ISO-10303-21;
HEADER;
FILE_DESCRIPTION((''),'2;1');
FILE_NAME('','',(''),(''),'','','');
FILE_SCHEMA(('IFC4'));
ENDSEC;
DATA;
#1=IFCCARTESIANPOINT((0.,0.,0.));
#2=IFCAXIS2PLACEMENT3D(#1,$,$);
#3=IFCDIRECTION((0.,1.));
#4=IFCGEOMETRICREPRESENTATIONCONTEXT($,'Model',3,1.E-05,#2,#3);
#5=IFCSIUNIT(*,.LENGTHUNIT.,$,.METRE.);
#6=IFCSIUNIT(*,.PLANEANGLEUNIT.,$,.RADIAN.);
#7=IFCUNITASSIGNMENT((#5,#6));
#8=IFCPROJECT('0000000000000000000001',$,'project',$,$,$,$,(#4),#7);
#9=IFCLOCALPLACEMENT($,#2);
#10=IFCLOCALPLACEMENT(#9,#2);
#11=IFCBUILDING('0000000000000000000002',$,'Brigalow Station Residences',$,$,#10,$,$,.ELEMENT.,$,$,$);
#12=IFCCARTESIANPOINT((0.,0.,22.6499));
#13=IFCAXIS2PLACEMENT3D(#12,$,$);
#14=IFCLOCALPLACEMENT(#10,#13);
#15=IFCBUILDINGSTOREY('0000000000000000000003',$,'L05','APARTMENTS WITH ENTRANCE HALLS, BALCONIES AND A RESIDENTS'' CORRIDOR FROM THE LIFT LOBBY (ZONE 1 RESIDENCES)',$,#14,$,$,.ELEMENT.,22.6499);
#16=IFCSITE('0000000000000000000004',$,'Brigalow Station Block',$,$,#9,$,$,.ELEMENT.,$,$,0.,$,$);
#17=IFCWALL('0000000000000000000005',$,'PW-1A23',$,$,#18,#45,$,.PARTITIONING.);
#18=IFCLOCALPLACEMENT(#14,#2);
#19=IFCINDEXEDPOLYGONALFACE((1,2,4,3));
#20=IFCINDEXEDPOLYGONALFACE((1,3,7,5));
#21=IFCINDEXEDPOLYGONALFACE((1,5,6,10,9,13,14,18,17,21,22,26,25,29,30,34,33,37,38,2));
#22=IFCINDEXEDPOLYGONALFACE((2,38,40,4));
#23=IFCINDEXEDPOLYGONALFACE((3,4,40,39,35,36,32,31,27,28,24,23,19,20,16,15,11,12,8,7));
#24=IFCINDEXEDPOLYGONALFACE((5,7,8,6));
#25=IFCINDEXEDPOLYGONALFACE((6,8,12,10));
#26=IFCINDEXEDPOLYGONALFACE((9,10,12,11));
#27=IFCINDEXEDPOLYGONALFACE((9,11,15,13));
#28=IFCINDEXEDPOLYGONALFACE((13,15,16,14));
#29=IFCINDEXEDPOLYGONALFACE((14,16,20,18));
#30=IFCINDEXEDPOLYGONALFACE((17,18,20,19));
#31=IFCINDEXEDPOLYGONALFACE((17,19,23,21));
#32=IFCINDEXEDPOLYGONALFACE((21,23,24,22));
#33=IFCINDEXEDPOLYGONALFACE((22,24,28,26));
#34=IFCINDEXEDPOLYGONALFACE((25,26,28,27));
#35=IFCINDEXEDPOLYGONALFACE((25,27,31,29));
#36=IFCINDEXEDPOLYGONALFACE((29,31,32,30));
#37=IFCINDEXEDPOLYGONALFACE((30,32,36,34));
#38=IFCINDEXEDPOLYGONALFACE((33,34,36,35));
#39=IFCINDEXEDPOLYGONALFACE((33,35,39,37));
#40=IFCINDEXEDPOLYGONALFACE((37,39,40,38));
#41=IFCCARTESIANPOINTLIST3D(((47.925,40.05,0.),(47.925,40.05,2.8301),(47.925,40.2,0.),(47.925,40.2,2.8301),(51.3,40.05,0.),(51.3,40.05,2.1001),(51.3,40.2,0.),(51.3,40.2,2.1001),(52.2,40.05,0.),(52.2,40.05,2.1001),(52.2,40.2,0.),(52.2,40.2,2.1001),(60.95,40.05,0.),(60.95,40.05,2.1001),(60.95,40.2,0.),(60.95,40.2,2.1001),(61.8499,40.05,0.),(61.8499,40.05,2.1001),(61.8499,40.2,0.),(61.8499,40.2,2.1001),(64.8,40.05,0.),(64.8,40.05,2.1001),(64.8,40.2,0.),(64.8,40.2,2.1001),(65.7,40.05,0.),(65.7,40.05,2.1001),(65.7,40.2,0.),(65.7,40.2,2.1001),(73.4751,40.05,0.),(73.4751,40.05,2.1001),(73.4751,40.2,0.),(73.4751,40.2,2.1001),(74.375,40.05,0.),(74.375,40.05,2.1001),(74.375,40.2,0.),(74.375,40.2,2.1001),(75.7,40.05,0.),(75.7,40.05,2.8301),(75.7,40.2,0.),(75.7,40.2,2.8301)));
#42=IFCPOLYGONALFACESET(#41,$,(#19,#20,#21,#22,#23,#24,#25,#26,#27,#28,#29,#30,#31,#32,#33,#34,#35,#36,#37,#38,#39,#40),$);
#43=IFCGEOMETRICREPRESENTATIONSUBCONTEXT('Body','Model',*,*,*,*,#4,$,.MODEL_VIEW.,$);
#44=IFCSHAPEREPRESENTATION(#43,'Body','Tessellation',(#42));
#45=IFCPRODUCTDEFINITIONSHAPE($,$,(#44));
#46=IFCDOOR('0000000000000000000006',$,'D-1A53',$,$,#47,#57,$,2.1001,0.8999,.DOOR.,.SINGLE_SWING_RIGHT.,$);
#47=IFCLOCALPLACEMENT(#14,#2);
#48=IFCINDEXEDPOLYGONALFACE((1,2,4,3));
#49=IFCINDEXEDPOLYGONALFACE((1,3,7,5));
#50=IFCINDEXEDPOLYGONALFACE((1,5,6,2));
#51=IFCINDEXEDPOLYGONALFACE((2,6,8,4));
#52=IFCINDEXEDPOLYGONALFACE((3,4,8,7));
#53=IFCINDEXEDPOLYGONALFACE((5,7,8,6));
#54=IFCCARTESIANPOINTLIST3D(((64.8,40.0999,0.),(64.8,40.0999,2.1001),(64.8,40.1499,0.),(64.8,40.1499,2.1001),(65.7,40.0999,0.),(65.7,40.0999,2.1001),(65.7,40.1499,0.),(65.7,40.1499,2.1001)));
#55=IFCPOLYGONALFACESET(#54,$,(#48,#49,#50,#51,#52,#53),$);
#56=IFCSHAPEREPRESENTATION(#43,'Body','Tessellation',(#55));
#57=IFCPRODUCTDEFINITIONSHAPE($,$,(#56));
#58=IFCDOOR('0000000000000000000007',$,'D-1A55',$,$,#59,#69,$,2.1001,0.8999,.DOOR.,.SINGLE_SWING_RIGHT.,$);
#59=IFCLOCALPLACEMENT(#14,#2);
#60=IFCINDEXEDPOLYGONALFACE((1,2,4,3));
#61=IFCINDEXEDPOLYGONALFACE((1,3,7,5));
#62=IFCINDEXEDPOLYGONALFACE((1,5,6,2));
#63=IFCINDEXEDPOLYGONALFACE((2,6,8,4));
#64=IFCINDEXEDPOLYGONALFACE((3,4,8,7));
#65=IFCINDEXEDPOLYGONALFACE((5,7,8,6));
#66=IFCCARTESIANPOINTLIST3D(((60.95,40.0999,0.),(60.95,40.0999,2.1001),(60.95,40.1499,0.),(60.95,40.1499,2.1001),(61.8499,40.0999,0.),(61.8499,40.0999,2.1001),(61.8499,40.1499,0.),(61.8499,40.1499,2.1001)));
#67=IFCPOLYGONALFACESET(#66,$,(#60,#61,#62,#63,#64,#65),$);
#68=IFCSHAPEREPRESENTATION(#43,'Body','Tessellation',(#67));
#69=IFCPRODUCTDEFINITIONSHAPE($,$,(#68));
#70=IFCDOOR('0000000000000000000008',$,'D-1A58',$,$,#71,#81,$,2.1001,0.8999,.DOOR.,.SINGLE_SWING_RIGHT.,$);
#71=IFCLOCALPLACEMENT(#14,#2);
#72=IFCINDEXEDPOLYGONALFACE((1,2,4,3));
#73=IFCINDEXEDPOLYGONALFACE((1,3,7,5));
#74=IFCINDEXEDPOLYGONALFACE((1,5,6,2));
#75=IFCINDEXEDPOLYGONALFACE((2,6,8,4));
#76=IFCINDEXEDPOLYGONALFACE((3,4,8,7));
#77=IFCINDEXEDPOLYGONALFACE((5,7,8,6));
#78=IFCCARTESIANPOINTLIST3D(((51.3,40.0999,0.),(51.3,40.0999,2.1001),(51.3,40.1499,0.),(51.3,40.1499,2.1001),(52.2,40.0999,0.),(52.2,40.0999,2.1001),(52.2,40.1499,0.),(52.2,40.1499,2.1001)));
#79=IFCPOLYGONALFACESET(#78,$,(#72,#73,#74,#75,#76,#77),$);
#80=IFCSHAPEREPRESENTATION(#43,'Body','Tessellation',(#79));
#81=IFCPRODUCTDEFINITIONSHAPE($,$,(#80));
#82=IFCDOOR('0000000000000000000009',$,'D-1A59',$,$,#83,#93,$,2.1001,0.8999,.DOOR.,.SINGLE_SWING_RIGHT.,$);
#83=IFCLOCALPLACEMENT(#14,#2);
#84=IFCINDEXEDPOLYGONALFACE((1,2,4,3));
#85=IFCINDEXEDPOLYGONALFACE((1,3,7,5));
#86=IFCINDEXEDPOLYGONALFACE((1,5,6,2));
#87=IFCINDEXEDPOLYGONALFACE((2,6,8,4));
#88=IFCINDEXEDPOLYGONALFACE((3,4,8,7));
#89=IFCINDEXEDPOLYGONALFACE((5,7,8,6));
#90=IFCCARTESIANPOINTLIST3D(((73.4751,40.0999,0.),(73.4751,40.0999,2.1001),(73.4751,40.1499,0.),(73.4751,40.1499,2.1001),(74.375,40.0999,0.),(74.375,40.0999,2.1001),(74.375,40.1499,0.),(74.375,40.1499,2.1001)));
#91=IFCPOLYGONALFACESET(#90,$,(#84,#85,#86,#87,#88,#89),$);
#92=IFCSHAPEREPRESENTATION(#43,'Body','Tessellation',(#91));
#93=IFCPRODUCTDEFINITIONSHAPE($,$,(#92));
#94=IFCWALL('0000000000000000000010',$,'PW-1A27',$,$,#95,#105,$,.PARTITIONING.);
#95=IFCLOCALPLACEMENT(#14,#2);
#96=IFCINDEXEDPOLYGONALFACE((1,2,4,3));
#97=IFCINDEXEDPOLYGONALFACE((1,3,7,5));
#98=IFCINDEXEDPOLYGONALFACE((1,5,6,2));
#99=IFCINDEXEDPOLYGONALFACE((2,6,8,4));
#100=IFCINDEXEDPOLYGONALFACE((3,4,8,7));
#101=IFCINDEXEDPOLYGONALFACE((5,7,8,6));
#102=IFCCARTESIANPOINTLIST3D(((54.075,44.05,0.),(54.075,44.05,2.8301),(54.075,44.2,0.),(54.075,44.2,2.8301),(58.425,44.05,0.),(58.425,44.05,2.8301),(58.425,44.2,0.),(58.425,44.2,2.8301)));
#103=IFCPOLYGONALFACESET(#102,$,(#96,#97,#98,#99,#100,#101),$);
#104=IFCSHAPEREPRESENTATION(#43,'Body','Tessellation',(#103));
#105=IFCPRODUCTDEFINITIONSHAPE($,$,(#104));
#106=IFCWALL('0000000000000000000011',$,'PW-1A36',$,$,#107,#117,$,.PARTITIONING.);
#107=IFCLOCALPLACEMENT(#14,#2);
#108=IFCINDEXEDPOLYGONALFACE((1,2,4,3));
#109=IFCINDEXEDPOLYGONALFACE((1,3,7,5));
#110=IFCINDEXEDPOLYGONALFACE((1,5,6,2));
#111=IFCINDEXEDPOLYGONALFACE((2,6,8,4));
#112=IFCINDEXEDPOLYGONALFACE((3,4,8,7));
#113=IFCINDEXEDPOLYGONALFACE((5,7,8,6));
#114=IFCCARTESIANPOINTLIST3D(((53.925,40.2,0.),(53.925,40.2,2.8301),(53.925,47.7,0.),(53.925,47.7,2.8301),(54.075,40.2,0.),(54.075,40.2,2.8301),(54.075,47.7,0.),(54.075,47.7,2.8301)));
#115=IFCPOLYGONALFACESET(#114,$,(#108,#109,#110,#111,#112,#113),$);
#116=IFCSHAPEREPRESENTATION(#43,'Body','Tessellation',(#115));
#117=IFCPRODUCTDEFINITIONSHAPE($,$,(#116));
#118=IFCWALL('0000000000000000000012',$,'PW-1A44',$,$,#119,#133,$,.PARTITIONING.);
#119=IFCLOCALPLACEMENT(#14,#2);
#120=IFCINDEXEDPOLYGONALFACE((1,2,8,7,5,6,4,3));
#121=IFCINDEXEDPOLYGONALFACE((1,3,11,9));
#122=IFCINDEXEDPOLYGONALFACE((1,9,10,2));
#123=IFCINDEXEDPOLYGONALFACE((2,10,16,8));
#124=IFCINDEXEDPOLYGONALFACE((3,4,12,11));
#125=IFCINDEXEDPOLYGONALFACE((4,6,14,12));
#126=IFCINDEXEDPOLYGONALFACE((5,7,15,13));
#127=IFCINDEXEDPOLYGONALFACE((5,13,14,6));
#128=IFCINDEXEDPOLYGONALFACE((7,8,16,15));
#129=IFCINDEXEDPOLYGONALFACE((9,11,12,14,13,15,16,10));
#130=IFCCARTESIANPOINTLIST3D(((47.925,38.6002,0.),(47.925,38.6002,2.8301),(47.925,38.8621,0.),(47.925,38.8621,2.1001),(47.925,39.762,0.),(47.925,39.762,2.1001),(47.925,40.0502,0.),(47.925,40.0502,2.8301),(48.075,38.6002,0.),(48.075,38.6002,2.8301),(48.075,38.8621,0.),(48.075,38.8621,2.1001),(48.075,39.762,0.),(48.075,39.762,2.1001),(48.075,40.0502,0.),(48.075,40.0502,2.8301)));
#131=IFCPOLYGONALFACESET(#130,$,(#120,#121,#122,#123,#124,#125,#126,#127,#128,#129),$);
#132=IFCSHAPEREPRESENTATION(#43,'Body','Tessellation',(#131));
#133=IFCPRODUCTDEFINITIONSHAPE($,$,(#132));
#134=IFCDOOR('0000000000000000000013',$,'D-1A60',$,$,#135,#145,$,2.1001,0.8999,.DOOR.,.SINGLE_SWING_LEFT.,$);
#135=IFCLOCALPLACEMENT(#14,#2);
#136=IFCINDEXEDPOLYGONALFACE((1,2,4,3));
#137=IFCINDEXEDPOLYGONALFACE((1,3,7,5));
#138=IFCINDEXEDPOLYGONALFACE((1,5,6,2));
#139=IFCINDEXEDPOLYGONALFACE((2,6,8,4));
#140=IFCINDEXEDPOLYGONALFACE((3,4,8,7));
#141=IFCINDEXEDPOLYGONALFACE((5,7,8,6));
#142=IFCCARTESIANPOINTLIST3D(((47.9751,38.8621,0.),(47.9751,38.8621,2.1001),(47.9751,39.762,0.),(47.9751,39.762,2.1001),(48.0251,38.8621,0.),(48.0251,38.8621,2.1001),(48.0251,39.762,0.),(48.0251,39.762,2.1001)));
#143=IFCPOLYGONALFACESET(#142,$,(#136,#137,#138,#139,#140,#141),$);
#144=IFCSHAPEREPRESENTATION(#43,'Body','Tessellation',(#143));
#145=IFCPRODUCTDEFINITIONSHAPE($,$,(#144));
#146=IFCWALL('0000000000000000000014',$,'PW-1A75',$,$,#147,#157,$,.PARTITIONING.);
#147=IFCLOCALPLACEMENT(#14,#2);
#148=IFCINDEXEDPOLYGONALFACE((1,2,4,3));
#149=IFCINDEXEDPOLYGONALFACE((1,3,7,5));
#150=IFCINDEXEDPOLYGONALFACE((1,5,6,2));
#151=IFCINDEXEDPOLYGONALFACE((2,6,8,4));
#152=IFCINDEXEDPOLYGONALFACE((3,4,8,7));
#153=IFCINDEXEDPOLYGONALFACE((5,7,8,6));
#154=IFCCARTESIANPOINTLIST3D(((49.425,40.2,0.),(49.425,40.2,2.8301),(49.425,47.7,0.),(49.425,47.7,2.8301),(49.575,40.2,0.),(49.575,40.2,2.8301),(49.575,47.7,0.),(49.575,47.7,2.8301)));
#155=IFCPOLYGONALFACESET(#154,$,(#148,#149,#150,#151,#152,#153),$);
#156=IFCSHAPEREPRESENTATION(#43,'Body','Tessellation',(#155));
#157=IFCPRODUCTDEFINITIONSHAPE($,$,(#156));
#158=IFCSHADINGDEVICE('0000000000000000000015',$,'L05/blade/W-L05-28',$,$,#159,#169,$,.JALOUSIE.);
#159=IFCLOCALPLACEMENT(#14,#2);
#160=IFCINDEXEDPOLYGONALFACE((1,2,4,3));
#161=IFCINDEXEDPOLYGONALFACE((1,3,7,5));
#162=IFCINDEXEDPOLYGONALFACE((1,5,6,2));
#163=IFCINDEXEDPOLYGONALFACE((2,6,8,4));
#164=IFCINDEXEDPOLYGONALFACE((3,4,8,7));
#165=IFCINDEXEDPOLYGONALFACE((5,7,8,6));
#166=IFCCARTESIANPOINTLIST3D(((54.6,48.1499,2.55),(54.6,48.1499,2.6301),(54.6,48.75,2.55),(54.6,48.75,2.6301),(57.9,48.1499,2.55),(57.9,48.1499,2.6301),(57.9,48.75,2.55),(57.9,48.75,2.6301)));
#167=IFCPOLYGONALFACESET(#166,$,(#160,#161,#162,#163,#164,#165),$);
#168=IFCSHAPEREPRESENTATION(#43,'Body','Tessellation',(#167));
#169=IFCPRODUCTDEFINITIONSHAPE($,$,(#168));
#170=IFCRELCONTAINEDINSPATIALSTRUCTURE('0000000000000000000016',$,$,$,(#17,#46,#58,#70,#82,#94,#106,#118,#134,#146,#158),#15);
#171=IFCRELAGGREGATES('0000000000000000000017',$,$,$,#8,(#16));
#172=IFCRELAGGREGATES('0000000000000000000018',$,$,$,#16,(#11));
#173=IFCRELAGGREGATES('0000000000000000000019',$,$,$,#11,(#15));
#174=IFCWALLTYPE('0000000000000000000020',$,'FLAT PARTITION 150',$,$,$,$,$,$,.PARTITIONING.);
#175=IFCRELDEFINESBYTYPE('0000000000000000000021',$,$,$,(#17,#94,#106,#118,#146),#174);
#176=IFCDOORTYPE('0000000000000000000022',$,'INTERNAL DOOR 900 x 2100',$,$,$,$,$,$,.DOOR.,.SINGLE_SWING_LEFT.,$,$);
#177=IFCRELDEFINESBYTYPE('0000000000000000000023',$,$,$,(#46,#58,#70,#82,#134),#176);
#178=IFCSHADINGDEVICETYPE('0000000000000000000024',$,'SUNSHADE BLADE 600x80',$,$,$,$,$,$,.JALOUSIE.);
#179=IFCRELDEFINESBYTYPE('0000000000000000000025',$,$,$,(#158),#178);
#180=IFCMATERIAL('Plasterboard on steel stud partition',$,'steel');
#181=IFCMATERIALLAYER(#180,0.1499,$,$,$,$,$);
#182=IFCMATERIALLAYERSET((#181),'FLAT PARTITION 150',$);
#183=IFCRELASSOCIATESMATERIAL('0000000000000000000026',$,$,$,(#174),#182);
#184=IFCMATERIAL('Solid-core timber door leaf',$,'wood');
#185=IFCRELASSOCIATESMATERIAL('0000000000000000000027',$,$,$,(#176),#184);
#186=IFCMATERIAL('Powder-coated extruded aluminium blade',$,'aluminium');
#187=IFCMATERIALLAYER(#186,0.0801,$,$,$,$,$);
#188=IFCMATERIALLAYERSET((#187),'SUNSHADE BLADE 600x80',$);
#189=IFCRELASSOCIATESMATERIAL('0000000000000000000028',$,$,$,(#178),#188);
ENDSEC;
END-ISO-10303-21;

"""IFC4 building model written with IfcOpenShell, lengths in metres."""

from ifc_helpers import new_model, si_unit, direction, frame, frame_2d, origin, origin_2d, place, context, subcontext, project, spatial, rectangle, extrude, material, layer, layer_set, type_object, element, fill, save


model = new_model("IFC4")

# Units and contexts
model_context = context("Model", 3, precision=1e-05, world=origin(), true_north=direction((0.0, 1.0)))
body_context = subcontext(model_context, "Body", "Model", "MODEL_VIEW")
ifc_project = project(units=[si_unit("LENGTHUNIT", "METRE"), si_unit("PLANEANGLEUNIT", "RADIAN")], contexts=[model_context])

# Site, building, storey
site_placement = place(None, origin())
site = spatial("IfcSite", under=ifc_project, at=site_placement, Name="Brigalow Station Block", CompositionType="ELEMENT", RefElevation=0.0)
building_placement = place(site_placement, origin())
building = spatial("IfcBuilding", under=site, at=building_placement, Name="Brigalow Station Residences", CompositionType="ELEMENT")
storey_placement = place(building_placement, frame((0.0, 0.0, 22.6499)))
storey = spatial("IfcBuildingStorey", under=building, at=storey_placement, Name="L05", Description="APARTMENTS WITH ENTRANCE HALLS, BALCONIES AND A RESIDENTS' CORRIDOR FROM THE LIFT LOBBY (ZONE 1 RESIDENCES)", CompositionType="ELEMENT", Elevation=22.6499)

# Wall, openings, doors
ifc_material_1 = material(Name="Plasterboard on steel stud partition", Category="steel")
ifc_layer_1 = layer(ifc_material_1, 0.1499)
ifc_layer_set_1 = layer_set([ifc_layer_1], Name="FLAT PARTITION 150")
wall_type_1 = type_object("IfcWallType", Name="FLAT PARTITION 150", PredefinedType="PARTITIONING", material=ifc_layer_set_1)
wall_1_placement = place(storey_placement, frame((47.925, 40.125, 0.0), z_axis=(0.0, 0.0, 1.0), x_axis=(1.0, 0.0, 0.0)))
wall_1 = element("IfcWall", 1, at=wall_1_placement, inside=storey, type_object=wall_type_1, Name="PW-1A23", PredefinedType="PARTITIONING", context=body_context, shape_type="SweptSolid", body=[
    extrude(rectangle(XDim=27.7749, YDim=0.1499, at=frame_2d((13.8875, 0.0))), origin(), (0.0, 0.0, 1.0), 2.8301),
])
opening_1_placement = place(wall_1_placement, frame((16.875, 0.0, 0.0)))
opening_1 = element("IfcOpeningElement", 2, at=opening_1_placement, cuts=wall_1, PredefinedType="OPENING", context=body_context, shape_type="SweptSolid", body=[
    extrude(rectangle(XDim=0.8999, YDim=2.1001, at=frame_2d((0.45, 1.05))), frame((0.0, 0.085, 0.0), z_axis=(0.0, -1.0, 0.0), x_axis=(1.0, 0.0, 0.0)), (0.0, 0.0, 1.0), 0.1699),
])
opening_2_placement = place(wall_1_placement, frame((13.0249, 0.0, 0.0)))
opening_2 = element("IfcOpeningElement", 3, at=opening_2_placement, cuts=wall_1, PredefinedType="OPENING", context=body_context, shape_type="SweptSolid", body=[
    extrude(rectangle(XDim=0.8999, YDim=2.1001, at=frame_2d((0.45, 1.05))), frame((0.0, 0.085, 0.0), z_axis=(0.0, -1.0, 0.0), x_axis=(1.0, 0.0, 0.0)), (0.0, 0.0, 1.0), 0.1699),
])
opening_3_placement = place(wall_1_placement, frame((3.375, 0.0, 0.0)))
opening_3 = element("IfcOpeningElement", 4, at=opening_3_placement, cuts=wall_1, PredefinedType="OPENING", context=body_context, shape_type="SweptSolid", body=[
    extrude(rectangle(XDim=0.8999, YDim=2.1001, at=frame_2d((0.45, 1.05))), frame((0.0, 0.085, 0.0), z_axis=(0.0, -1.0, 0.0), x_axis=(1.0, 0.0, 0.0)), (0.0, 0.0, 1.0), 0.1699),
])
opening_4_placement = place(wall_1_placement, frame((25.55, 0.0, 0.0)))
opening_4 = element("IfcOpeningElement", 5, at=opening_4_placement, cuts=wall_1, PredefinedType="OPENING", context=body_context, shape_type="SweptSolid", body=[
    extrude(rectangle(XDim=0.8999, YDim=2.1001, at=frame_2d((0.45, 1.05))), frame((0.0, 0.085, 0.0), z_axis=(0.0, -1.0, 0.0), x_axis=(1.0, 0.0, 0.0)), (0.0, 0.0, 1.0), 0.1699),
])
ifc_material_2 = material(Name="Solid-core timber door leaf", Category="wood")
door_type_1 = type_object("IfcDoorType", Name="INTERNAL DOOR 900 x 2100", OperationType="SINGLE_SWING_LEFT", PredefinedType="DOOR", material=ifc_material_2)
door_1_placement = place(opening_1_placement, origin())
door_1 = element("IfcDoor", 6, at=door_1_placement, inside=storey, type_object=door_type_1, Name="D-1A53", OperationType="SINGLE_SWING_RIGHT", OverallHeight=2.1001, OverallWidth=0.8999, PredefinedType="DOOR", context=body_context, shape_type="SweptSolid", body=[
    extrude(rectangle(XDim=0.8999, YDim=2.1001, at=frame_2d((0.45, 1.05))), frame((0.0, 0.0249, 0.0), z_axis=(0.0, -1.0, 0.0), x_axis=(1.0, 0.0, 0.0)), (0.0, 0.0, 1.0), 0.05),
])
fill(opening_1, door_1)
door_2_placement = place(opening_2_placement, origin())
door_2 = element("IfcDoor", 7, at=door_2_placement, inside=storey, type_object=door_type_1, Name="D-1A55", OperationType="SINGLE_SWING_RIGHT", OverallHeight=2.1001, OverallWidth=0.8999, PredefinedType="DOOR", context=body_context, shape_type="SweptSolid", body=[
    extrude(rectangle(XDim=0.8999, YDim=2.1001, at=frame_2d((0.45, 1.05))), frame((0.0, 0.0249, 0.0), z_axis=(0.0, -1.0, 0.0), x_axis=(1.0, 0.0, 0.0)), (0.0, 0.0, 1.0), 0.05),
])
fill(opening_2, door_2)
door_3_placement = place(opening_3_placement, origin())
door_3 = element("IfcDoor", 8, at=door_3_placement, inside=storey, type_object=door_type_1, Name="D-1A58", OperationType="SINGLE_SWING_RIGHT", OverallHeight=2.1001, OverallWidth=0.8999, PredefinedType="DOOR", context=body_context, shape_type="SweptSolid", body=[
    extrude(rectangle(XDim=0.8999, YDim=2.1001, at=frame_2d((0.45, 1.05))), frame((0.0, 0.0249, 0.0), z_axis=(0.0, -1.0, 0.0), x_axis=(1.0, 0.0, 0.0)), (0.0, 0.0, 1.0), 0.05),
])
fill(opening_3, door_3)
door_4_placement = place(opening_4_placement, origin())
door_4 = element("IfcDoor", 9, at=door_4_placement, inside=storey, type_object=door_type_1, Name="D-1A59", OperationType="SINGLE_SWING_RIGHT", OverallHeight=2.1001, OverallWidth=0.8999, PredefinedType="DOOR", context=body_context, shape_type="SweptSolid", body=[
    extrude(rectangle(XDim=0.8999, YDim=2.1001, at=frame_2d((0.45, 1.05))), frame((0.0, 0.0249, 0.0), z_axis=(0.0, -1.0, 0.0), x_axis=(1.0, 0.0, 0.0)), (0.0, 0.0, 1.0), 0.05),
])
fill(opening_4, door_4)

# Walls
wall_2_placement = place(storey_placement, frame((54.075, 44.125, 0.0), z_axis=(0.0, 0.0, 1.0), x_axis=(1.0, 0.0, 0.0)))
element("IfcWall", 10, at=wall_2_placement, inside=storey, type_object=wall_type_1, Name="PW-1A27", PredefinedType="PARTITIONING", context=body_context, shape_type="SweptSolid", body=[
    extrude(rectangle(XDim=4.3501, YDim=0.1499, at=frame_2d((2.175, 0.0))), origin(), (0.0, 0.0, 1.0), 2.8301),
])
wall_3_placement = place(storey_placement, frame((54.0, 40.2, 0.0), z_axis=(0.0, 0.0, 1.0), x_axis=(0.0, 1.0, 0.0)))
element("IfcWall", 11, at=wall_3_placement, inside=storey, type_object=wall_type_1, Name="PW-1A36", PredefinedType="PARTITIONING", context=body_context, shape_type="SweptSolid", body=[
    extrude(rectangle(XDim=7.5, YDim=0.1499, at=frame_2d((3.75, 0.0))), origin(), (0.0, 0.0, 1.0), 2.8301),
])

# Wall, opening, door
wall_4_placement = place(storey_placement, frame((48.0, 38.6001, 0.0), z_axis=(0.0, 0.0, 1.0), x_axis=(0.0, 1.0, 0.0)))
wall_4 = element("IfcWall", 12, at=wall_4_placement, inside=storey, type_object=wall_type_1, Name="PW-1A44", PredefinedType="PARTITIONING", context=body_context, shape_type="SweptSolid", body=[
    extrude(rectangle(XDim=1.45, YDim=0.1499, at=frame_2d((0.7251, 0.0))), origin(), (0.0, 0.0, 1.0), 2.8301),
])
opening_5_placement = place(wall_4_placement, frame((0.262, 0.0, 0.0)))
opening_5 = element("IfcOpeningElement", 13, at=opening_5_placement, cuts=wall_4, PredefinedType="OPENING", context=body_context, shape_type="SweptSolid", body=[
    extrude(rectangle(XDim=0.8999, YDim=2.1001, at=frame_2d((0.45, 1.05))), frame((0.0, 0.085, 0.0), z_axis=(0.0, -1.0, 0.0), x_axis=(1.0, 0.0, 0.0)), (0.0, 0.0, 1.0), 0.1699),
])
door_5_placement = place(opening_5_placement, origin())
door_5 = element("IfcDoor", 14, at=door_5_placement, inside=storey, type_object=door_type_1, Name="D-1A60", OperationType="SINGLE_SWING_LEFT", OverallHeight=2.1001, OverallWidth=0.8999, PredefinedType="DOOR", context=body_context, shape_type="SweptSolid", body=[
    extrude(rectangle(XDim=0.8999, YDim=2.1001, at=frame_2d((0.45, 1.05))), frame((0.0, 0.0249, 0.0), z_axis=(0.0, -1.0, 0.0), x_axis=(1.0, 0.0, 0.0)), (0.0, 0.0, 1.0), 0.05),
])
fill(opening_5, door_5)

# Wall
wall_5_placement = place(storey_placement, frame((49.5, 40.2, 0.0), z_axis=(0.0, 0.0, 1.0), x_axis=(0.0, 1.0, 0.0)))
element("IfcWall", 15, at=wall_5_placement, inside=storey, type_object=wall_type_1, Name="PW-1A75", PredefinedType="PARTITIONING", context=body_context, shape_type="SweptSolid", body=[
    extrude(rectangle(XDim=7.5, YDim=0.1499, at=frame_2d((3.75, 0.0))), origin(), (0.0, 0.0, 1.0), 2.8301),
])

# Shading device
ifc_material_3 = material(Name="Powder-coated extruded aluminium blade", Category="aluminium")
ifc_layer_2 = layer(ifc_material_3, 0.0801)
ifc_layer_set_2 = layer_set([ifc_layer_2], Name="SUNSHADE BLADE 600x80")
shading_device_type = type_object("IfcShadingDeviceType", Name="SUNSHADE BLADE 600x80", PredefinedType="JALOUSIE", material=ifc_layer_set_2)
shading_device_placement = place(storey_placement, frame((56.25, 48.45, 2.55), z_axis=(0.0, 0.0, 1.0), x_axis=(-1.0, 0.0, 0.0)))
element("IfcShadingDevice", 16, at=shading_device_placement, inside=storey, type_object=shading_device_type, Name="L05/blade/W-L05-28", PredefinedType="JALOUSIE", context=body_context, shape_type="SweptSolid", body=[
    extrude(rectangle(XDim=3.3, YDim=0.6001, at=origin_2d()), origin(), (0.0, 0.0, 1.0), 0.0801),
])

save(model, "model.ifc")
